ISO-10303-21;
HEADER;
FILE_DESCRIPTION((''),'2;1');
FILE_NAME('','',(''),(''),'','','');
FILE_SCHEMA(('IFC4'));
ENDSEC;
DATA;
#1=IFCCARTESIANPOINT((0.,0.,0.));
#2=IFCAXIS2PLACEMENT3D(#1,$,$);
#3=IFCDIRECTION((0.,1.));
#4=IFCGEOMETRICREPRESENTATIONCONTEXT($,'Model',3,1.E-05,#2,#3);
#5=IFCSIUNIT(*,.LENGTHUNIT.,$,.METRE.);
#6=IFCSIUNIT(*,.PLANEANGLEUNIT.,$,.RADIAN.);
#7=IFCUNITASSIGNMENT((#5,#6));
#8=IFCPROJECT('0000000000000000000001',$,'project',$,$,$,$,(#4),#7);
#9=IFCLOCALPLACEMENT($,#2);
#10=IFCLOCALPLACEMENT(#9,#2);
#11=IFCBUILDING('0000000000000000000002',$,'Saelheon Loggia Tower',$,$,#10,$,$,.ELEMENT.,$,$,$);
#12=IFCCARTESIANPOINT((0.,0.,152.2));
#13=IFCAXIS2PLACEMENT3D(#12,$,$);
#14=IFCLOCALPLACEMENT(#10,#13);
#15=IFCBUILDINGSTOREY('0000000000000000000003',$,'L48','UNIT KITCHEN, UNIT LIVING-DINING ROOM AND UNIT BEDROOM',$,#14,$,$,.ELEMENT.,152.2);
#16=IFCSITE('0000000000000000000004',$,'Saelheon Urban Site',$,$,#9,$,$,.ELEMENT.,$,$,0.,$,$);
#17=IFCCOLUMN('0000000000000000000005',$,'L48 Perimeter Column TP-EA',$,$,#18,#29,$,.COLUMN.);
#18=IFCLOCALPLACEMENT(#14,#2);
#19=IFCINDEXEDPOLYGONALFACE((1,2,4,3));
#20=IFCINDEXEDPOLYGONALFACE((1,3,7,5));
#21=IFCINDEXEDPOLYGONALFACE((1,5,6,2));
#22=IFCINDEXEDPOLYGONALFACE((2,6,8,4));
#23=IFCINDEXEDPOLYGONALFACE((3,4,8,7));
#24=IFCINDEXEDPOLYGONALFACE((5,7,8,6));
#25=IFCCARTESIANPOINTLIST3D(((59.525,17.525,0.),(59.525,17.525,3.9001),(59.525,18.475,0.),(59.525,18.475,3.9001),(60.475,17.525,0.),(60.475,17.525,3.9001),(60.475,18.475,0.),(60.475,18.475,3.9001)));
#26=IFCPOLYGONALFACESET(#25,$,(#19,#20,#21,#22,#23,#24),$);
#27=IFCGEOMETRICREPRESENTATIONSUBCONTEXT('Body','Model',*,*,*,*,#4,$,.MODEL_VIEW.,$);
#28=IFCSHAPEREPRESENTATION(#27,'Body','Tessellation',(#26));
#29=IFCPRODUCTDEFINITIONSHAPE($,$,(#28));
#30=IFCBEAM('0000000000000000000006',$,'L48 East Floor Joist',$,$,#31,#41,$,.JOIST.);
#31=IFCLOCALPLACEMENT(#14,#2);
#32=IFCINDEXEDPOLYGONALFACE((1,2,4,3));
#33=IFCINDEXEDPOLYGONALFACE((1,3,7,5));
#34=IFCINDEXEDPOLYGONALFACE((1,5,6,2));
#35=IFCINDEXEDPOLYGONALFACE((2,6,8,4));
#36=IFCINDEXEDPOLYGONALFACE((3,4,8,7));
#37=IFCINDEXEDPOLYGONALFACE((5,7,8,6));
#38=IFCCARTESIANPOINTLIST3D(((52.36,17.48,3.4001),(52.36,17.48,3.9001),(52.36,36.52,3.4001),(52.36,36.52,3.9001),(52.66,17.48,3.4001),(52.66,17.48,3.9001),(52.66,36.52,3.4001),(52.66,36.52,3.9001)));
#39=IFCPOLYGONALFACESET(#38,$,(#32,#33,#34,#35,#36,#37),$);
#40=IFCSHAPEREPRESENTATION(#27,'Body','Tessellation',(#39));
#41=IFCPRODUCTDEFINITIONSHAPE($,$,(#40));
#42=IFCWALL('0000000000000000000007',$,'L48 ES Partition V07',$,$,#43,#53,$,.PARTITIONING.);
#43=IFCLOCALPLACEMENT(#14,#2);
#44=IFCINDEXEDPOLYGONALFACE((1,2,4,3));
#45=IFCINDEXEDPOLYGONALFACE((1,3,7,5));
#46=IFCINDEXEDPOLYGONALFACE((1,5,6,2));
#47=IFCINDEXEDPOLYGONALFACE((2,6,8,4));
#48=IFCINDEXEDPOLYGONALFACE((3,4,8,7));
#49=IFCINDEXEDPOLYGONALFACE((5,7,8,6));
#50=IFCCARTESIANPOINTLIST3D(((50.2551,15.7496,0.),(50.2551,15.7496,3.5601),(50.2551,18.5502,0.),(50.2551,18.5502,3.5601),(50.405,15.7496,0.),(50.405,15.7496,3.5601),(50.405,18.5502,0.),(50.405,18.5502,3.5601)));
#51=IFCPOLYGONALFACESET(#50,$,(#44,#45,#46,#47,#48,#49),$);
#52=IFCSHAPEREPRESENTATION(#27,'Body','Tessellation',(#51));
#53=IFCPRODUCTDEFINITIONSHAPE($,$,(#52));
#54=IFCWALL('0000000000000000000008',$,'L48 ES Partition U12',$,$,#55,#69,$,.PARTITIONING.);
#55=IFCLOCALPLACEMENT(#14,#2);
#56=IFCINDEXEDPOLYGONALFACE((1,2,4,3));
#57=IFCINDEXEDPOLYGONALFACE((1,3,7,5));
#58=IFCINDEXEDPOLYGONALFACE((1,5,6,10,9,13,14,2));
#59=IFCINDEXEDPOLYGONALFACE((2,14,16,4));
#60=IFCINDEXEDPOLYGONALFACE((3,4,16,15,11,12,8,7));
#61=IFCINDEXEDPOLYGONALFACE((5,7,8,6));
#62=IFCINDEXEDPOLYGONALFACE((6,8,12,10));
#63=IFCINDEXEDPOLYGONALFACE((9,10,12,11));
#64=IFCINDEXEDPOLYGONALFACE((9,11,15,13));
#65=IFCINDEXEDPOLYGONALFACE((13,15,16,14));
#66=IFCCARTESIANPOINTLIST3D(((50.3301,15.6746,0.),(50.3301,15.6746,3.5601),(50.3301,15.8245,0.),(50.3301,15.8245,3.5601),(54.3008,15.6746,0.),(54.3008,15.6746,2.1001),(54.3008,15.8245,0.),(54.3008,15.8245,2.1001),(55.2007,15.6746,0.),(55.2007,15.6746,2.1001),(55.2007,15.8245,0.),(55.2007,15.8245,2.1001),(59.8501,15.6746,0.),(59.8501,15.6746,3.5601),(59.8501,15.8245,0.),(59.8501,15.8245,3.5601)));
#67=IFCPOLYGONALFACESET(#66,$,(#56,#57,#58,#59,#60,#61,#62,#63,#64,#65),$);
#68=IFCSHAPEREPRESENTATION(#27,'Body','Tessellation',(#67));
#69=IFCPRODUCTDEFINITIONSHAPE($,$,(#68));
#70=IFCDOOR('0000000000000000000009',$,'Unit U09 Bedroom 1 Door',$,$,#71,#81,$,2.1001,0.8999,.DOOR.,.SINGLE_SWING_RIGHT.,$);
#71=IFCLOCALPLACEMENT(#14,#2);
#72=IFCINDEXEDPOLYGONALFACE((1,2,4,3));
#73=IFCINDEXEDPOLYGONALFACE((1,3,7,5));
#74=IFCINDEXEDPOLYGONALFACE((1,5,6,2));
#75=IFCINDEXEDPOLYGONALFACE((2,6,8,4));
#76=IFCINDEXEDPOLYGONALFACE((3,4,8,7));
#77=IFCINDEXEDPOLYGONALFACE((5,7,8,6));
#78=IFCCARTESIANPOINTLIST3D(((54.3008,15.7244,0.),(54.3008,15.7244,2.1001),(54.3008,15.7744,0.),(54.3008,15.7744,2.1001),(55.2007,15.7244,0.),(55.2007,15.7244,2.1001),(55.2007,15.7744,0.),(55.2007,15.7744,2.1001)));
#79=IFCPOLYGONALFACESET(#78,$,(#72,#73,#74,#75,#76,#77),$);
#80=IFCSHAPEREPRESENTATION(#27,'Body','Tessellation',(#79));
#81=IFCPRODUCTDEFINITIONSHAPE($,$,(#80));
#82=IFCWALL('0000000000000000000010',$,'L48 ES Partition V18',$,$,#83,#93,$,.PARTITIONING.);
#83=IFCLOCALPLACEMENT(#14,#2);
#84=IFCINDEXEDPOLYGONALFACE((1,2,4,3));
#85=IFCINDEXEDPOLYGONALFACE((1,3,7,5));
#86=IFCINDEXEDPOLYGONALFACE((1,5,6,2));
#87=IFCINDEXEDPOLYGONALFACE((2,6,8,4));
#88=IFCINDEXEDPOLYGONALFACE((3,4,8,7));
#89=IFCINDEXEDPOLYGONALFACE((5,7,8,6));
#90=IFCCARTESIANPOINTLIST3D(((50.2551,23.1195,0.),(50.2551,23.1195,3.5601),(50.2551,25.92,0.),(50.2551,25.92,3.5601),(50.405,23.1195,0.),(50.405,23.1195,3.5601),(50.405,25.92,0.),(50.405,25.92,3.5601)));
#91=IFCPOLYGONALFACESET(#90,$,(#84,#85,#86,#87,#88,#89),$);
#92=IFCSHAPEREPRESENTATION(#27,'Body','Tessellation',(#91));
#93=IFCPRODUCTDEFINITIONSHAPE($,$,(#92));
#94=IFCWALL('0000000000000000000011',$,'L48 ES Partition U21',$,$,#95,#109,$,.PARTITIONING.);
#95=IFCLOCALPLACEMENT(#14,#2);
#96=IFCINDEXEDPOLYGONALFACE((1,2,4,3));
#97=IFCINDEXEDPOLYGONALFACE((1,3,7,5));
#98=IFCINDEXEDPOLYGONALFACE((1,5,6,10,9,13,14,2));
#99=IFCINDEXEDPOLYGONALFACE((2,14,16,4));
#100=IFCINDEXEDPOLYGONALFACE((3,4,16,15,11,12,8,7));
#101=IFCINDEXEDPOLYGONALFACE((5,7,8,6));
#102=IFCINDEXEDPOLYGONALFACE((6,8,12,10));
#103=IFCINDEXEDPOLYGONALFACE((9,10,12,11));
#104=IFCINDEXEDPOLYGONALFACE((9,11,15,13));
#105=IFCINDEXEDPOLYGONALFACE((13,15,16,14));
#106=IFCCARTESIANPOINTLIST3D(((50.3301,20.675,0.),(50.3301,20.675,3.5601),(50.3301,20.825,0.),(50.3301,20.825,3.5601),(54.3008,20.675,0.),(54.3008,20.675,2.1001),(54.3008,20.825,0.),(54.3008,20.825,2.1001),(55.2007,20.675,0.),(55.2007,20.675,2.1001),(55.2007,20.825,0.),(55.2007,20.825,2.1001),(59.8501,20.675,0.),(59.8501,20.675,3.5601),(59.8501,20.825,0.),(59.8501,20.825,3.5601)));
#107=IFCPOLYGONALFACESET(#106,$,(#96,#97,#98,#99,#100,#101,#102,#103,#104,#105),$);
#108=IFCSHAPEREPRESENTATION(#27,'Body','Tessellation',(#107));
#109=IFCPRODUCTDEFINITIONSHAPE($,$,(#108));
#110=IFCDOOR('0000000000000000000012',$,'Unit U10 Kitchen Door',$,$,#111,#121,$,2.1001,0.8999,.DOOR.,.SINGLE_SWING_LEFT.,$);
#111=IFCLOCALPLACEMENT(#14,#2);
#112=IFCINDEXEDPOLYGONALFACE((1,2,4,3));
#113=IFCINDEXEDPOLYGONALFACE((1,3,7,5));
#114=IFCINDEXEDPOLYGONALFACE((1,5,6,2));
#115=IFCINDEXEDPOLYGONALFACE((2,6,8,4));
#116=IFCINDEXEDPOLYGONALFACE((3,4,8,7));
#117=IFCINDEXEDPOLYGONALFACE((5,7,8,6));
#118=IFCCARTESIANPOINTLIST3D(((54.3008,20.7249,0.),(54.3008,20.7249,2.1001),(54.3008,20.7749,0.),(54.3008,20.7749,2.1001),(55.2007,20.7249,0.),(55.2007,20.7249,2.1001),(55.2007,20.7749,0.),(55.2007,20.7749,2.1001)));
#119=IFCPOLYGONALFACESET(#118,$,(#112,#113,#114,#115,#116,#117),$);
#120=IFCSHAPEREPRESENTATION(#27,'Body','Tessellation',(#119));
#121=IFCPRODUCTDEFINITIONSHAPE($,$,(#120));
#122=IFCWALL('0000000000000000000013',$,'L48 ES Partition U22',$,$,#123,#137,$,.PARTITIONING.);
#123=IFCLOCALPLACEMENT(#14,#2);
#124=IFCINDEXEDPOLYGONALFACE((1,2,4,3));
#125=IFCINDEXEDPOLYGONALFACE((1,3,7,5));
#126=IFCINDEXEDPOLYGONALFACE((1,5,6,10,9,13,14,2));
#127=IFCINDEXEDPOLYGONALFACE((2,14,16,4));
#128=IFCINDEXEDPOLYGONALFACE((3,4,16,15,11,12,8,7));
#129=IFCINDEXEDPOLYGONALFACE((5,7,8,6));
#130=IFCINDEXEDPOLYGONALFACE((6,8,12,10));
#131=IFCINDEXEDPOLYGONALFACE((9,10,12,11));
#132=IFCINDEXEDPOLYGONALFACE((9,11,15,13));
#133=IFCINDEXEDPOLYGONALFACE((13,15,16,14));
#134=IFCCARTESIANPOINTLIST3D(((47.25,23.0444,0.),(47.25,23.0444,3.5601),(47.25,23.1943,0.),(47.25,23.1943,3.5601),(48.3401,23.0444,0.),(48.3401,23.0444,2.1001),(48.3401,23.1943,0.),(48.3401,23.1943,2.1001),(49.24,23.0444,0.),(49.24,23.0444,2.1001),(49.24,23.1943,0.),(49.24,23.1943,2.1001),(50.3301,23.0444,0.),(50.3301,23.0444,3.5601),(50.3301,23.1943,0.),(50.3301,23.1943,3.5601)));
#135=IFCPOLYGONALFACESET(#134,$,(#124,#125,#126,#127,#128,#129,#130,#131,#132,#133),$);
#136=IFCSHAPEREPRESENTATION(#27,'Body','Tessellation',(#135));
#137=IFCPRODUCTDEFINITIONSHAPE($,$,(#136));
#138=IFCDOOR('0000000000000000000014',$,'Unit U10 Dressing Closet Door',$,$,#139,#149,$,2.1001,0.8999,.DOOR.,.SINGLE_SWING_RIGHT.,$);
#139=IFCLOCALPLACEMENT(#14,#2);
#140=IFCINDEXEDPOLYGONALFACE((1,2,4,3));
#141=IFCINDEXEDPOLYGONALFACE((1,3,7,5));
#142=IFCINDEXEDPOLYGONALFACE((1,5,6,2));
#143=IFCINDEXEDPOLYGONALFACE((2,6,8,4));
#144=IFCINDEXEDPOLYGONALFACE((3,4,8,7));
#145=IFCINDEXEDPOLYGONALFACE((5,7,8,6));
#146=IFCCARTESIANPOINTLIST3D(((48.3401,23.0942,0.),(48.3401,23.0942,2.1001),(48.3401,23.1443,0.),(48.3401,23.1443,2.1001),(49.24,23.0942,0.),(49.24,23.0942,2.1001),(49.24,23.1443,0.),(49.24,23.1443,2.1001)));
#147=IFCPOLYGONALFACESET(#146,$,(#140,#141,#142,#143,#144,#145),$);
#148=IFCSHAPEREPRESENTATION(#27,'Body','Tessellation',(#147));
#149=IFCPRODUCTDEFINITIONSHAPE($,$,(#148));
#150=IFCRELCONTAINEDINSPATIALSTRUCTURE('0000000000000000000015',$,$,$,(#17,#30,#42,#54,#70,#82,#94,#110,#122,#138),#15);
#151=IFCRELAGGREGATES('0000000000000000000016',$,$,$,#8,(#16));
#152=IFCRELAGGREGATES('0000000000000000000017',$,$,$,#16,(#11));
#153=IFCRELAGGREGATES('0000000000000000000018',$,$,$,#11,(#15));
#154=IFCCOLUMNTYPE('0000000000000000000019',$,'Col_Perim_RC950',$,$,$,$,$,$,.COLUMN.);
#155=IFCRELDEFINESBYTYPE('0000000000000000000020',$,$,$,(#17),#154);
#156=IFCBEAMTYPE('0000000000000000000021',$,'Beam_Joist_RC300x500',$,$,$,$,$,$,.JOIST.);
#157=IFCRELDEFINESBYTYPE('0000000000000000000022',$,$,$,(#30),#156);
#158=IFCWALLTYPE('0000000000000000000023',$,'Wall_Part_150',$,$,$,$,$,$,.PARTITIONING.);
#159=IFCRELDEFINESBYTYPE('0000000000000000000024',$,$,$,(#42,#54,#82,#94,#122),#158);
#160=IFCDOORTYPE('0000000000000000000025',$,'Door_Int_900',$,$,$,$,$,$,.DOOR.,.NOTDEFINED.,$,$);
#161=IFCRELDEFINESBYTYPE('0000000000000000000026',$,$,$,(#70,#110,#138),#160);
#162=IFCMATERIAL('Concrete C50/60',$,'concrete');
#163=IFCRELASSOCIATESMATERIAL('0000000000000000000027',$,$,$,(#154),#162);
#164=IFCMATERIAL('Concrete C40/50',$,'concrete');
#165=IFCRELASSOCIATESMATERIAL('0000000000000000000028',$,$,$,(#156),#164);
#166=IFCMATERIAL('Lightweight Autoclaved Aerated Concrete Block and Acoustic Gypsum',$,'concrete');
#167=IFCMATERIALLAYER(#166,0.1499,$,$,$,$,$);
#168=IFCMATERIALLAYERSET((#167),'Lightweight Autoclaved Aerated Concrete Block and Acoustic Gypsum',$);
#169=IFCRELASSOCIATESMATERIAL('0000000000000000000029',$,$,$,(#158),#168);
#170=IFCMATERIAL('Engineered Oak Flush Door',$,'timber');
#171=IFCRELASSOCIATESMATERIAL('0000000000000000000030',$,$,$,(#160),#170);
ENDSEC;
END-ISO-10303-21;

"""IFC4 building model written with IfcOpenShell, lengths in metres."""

from ifc_helpers import new_model, si_unit, direction, frame, frame_2d, origin, origin_2d, place, context, subcontext, project, spatial, rectangle, extrude, source, transform, mapped, material, layer, layer_set, material_profile, profile_set, type_object, element, fill, save


model = new_model("IFC4")

# Units and contexts
model_context = context("Model", 3, precision=1e-05, world=origin(), true_north=direction((0.0, 1.0)))
body_context = subcontext(model_context, "Body", "Model", "MODEL_VIEW")
ifc_project = project(units=[si_unit("LENGTHUNIT", "METRE"), si_unit("PLANEANGLEUNIT", "RADIAN")], contexts=[model_context])

# Site, building, storey
site_placement = place(None, origin())
site = spatial("IfcSite", under=ifc_project, at=site_placement, Name="Saelheon Urban Site", CompositionType="ELEMENT", RefElevation=0.0)
building_placement = place(site_placement, origin())
building = spatial("IfcBuilding", under=site, at=building_placement, Name="Saelheon Loggia Tower", CompositionType="ELEMENT")
storey_placement = place(building_placement, frame((0.0, 0.0, 152.2)))
storey = spatial("IfcBuildingStorey", under=building, at=storey_placement, Name="L48", Description="UNIT KITCHEN, UNIT LIVING-DINING ROOM AND UNIT BEDROOM", CompositionType="ELEMENT", Elevation=152.2)

# Column
ifc_material_1 = material(Name="Concrete C50/60", Category="concrete")
ifc_material_profile_1 = material_profile(ifc_material_1, rectangle(XDim=0.95, YDim=0.95, at=origin_2d()), Name="RC-950x950")
ifc_profile_set_1 = profile_set([ifc_material_profile_1], Name="Concrete C50/60")
column_type = type_object("IfcColumnType", Name="Col_Perim_RC950", PredefinedType="COLUMN", material=ifc_profile_set_1)
shared_shape_1 = source(origin(), body_context, "Body", "SweptSolid", [
    extrude(rectangle(XDim=0.95, YDim=0.95, at=origin_2d()), origin(), (0.0, 0.0, 1.0), 3.9001),
])
column_placement = place(storey_placement, frame((60.0, 18.0, 0.0), z_axis=(0.0, 0.0, 1.0), x_axis=(1.0, 0.0, 0.0)))
element("IfcColumn", 1, at=column_placement, inside=storey, type_object=column_type, Name="L48 Perimeter Column TP-EA", PredefinedType="COLUMN", context=body_context, shape_type="MappedRepresentation", body=[
    mapped(shared_shape_1, transform((0.0, 0.0, 0.0), scale=1.0)),
])

# Beam
ifc_material_2 = material(Name="Concrete C40/50", Category="concrete")
ifc_material_profile_2 = material_profile(ifc_material_2, rectangle(XDim=0.3, YDim=0.5, at=origin_2d()), Name="RC-300x500")
ifc_profile_set_2 = profile_set([ifc_material_profile_2], Name="Concrete C40/50")
beam_type = type_object("IfcBeamType", Name="Beam_Joist_RC300x500", PredefinedType="JOIST", material=ifc_profile_set_2)
shared_shape_2 = source(origin(), body_context, "Body", "SweptSolid", [
    extrude(rectangle(XDim=0.3, YDim=0.5, at=origin_2d()), origin(), (0.0, 0.0, 1.0), 19.04),
])
beam_placement = place(storey_placement, frame((52.51, 17.48, 3.6501), z_axis=(0.0, 1.0, 0.0), x_axis=(-1.0, 0.0, 0.0)))
element("IfcBeam", 2, at=beam_placement, inside=storey, type_object=beam_type, Name="L48 East Floor Joist", PredefinedType="JOIST", context=body_context, shape_type="MappedRepresentation", body=[
    mapped(shared_shape_2, transform((0.0, 0.0, 0.0), scale=1.0)),
])

# Wall
ifc_material_3 = material(Name="Lightweight Autoclaved Aerated Concrete Block and Acoustic Gypsum", Category="concrete")
ifc_layer_1 = layer(ifc_material_3, 0.1499)
ifc_layer_set_1 = layer_set([ifc_layer_1], Name="Lightweight Autoclaved Aerated Concrete Block and Acoustic Gypsum")
wall_type_1 = type_object("IfcWallType", Name="Wall_Part_150", PredefinedType="PARTITIONING", material=ifc_layer_set_1)
wall_1_placement = place(storey_placement, frame((50.3301, 15.7495, 0.0), z_axis=(0.0, 0.0, 1.0), x_axis=(0.0, 1.0, 0.0)))
element("IfcWall", 3, at=wall_1_placement, inside=storey, type_object=wall_type_1, Name="L48 ES Partition V07", PredefinedType="PARTITIONING", context=body_context, shape_type="SweptSolid", body=[
    extrude(rectangle(XDim=2.8005, YDim=0.1499, at=frame_2d((1.4004, 0.0))), origin(), (0.0, 0.0, 1.0), 3.5601),
])

# Wall, opening, door
wall_2_placement = place(storey_placement, frame((50.3301, 15.7495, 0.0), z_axis=(0.0, 0.0, 1.0), x_axis=(1.0, 0.0, 0.0)))
wall_2 = element("IfcWall", 4, at=wall_2_placement, inside=storey, type_object=wall_type_1, Name="L48 ES Partition U12", PredefinedType="PARTITIONING", context=body_context, shape_type="SweptSolid", body=[
    extrude(rectangle(XDim=9.52, YDim=0.1499, at=frame_2d((4.76, 0.0))), origin(), (0.0, 0.0, 1.0), 3.5601),
])
opening_1_placement = place(wall_2_placement, frame((3.9707, 0.0, 0.0)))
opening_1 = element("IfcOpeningElement", 5, at=opening_1_placement, cuts=wall_2, PredefinedType="OPENING", context=body_context, shape_type="SweptSolid", body=[
    extrude(rectangle(XDim=0.8999, YDim=2.1001, at=frame_2d((0.45, 1.05))), frame((0.0, 0.0869, 0.0), z_axis=(0.0, -1.0, 0.0), x_axis=(1.0, 0.0, 0.0)), (0.0, 0.0, 1.0), 0.1738),
])
ifc_material_4 = material(Name="Engineered Oak Flush Door", Category="timber")
door_type_1 = type_object("IfcDoorType", Name="Door_Int_900", OperationType="NOTDEFINED", PredefinedType="DOOR", material=ifc_material_4)
shared_shape_3 = source(origin(), body_context, "Body", "SweptSolid", [
    extrude(rectangle(XDim=0.8999, YDim=2.1001, at=frame_2d((0.45, 1.05))), frame((0.0, 0.0249, 0.0), z_axis=(0.0, -1.0, 0.0), x_axis=(1.0, 0.0, 0.0)), (0.0, 0.0, 1.0), 0.05),
])
door_1_placement = place(opening_1_placement, origin())
door_1 = element("IfcDoor", 6, at=door_1_placement, inside=storey, type_object=door_type_1, Name="Unit U09 Bedroom 1 Door", OperationType="SINGLE_SWING_RIGHT", OverallHeight=2.1001, OverallWidth=0.8999, PredefinedType="DOOR", context=body_context, shape_type="MappedRepresentation", body=[
    mapped(shared_shape_3, transform((0.0, 0.0, 0.0), scale=1.0)),
])
fill(opening_1, door_1)

# Wall
wall_3_placement = place(storey_placement, frame((50.3301, 23.1194, 0.0), z_axis=(0.0, 0.0, 1.0), x_axis=(0.0, 1.0, 0.0)))
element("IfcWall", 7, at=wall_3_placement, inside=storey, type_object=wall_type_1, Name="L48 ES Partition V18", PredefinedType="PARTITIONING", context=body_context, shape_type="SweptSolid", body=[
    extrude(rectangle(XDim=2.8005, YDim=0.1499, at=frame_2d((1.4004, 0.0))), origin(), (0.0, 0.0, 1.0), 3.5601),
])

# Walls, openings, doors
wall_4_placement = place(storey_placement, frame((50.3301, 20.75, 0.0), z_axis=(0.0, 0.0, 1.0), x_axis=(1.0, 0.0, 0.0)))
wall_4 = element("IfcWall", 8, at=wall_4_placement, inside=storey, type_object=wall_type_1, Name="L48 ES Partition U21", PredefinedType="PARTITIONING", context=body_context, shape_type="SweptSolid", body=[
    extrude(rectangle(XDim=9.52, YDim=0.1499, at=frame_2d((4.76, 0.0))), origin(), (0.0, 0.0, 1.0), 3.5601),
])
opening_2_placement = place(wall_4_placement, frame((3.9707, 0.0, 0.0)))
opening_2 = element("IfcOpeningElement", 9, at=opening_2_placement, cuts=wall_4, PredefinedType="OPENING", context=body_context, shape_type="SweptSolid", body=[
    extrude(rectangle(XDim=0.8999, YDim=2.1001, at=frame_2d((0.45, 1.05))), frame((0.0, 0.0869, 0.0), z_axis=(0.0, -1.0, 0.0), x_axis=(1.0, 0.0, 0.0)), (0.0, 0.0, 1.0), 0.1738),
])
door_2_placement = place(opening_2_placement, origin())
door_2 = element("IfcDoor", 10, at=door_2_placement, inside=storey, type_object=door_type_1, Name="Unit U10 Kitchen Door", OperationType="SINGLE_SWING_LEFT", OverallHeight=2.1001, OverallWidth=0.8999, PredefinedType="DOOR", context=body_context, shape_type="MappedRepresentation", body=[
    mapped(shared_shape_3, transform((0.0, 0.0, 0.0), scale=1.0)),
])
fill(opening_2, door_2)
wall_5_placement = place(storey_placement, frame((47.25, 23.1194, 0.0), z_axis=(0.0, 0.0, 1.0), x_axis=(1.0, 0.0, 0.0)))
wall_5 = element("IfcWall", 11, at=wall_5_placement, inside=storey, type_object=wall_type_1, Name="L48 ES Partition U22", PredefinedType="PARTITIONING", context=body_context, shape_type="SweptSolid", body=[
    extrude(rectangle(XDim=3.0801, YDim=0.1499, at=frame_2d((1.54, 0.0))), origin(), (0.0, 0.0, 1.0), 3.5601),
])
opening_3_placement = place(wall_5_placement, frame((1.0901, 0.0, 0.0)))
opening_3 = element("IfcOpeningElement", 12, at=opening_3_placement, cuts=wall_5, PredefinedType="OPENING", context=body_context, shape_type="SweptSolid", body=[
    extrude(rectangle(XDim=0.8999, YDim=2.1001, at=frame_2d((0.45, 1.05))), frame((0.0, 0.0869, 0.0), z_axis=(0.0, -1.0, 0.0), x_axis=(1.0, 0.0, 0.0)), (0.0, 0.0, 1.0), 0.1738),
])
door_3_placement = place(opening_3_placement, origin())
door_3 = element("IfcDoor", 13, at=door_3_placement, inside=storey, type_object=door_type_1, Name="Unit U10 Dressing Closet Door", OperationType="SINGLE_SWING_RIGHT", OverallHeight=2.1001, OverallWidth=0.8999, PredefinedType="DOOR", context=body_context, shape_type="MappedRepresentation", body=[
    mapped(shared_shape_3, transform((0.0, 0.0, 0.0), scale=1.0)),
])
fill(opening_3, door_3)

save(model, "model.ifc")
